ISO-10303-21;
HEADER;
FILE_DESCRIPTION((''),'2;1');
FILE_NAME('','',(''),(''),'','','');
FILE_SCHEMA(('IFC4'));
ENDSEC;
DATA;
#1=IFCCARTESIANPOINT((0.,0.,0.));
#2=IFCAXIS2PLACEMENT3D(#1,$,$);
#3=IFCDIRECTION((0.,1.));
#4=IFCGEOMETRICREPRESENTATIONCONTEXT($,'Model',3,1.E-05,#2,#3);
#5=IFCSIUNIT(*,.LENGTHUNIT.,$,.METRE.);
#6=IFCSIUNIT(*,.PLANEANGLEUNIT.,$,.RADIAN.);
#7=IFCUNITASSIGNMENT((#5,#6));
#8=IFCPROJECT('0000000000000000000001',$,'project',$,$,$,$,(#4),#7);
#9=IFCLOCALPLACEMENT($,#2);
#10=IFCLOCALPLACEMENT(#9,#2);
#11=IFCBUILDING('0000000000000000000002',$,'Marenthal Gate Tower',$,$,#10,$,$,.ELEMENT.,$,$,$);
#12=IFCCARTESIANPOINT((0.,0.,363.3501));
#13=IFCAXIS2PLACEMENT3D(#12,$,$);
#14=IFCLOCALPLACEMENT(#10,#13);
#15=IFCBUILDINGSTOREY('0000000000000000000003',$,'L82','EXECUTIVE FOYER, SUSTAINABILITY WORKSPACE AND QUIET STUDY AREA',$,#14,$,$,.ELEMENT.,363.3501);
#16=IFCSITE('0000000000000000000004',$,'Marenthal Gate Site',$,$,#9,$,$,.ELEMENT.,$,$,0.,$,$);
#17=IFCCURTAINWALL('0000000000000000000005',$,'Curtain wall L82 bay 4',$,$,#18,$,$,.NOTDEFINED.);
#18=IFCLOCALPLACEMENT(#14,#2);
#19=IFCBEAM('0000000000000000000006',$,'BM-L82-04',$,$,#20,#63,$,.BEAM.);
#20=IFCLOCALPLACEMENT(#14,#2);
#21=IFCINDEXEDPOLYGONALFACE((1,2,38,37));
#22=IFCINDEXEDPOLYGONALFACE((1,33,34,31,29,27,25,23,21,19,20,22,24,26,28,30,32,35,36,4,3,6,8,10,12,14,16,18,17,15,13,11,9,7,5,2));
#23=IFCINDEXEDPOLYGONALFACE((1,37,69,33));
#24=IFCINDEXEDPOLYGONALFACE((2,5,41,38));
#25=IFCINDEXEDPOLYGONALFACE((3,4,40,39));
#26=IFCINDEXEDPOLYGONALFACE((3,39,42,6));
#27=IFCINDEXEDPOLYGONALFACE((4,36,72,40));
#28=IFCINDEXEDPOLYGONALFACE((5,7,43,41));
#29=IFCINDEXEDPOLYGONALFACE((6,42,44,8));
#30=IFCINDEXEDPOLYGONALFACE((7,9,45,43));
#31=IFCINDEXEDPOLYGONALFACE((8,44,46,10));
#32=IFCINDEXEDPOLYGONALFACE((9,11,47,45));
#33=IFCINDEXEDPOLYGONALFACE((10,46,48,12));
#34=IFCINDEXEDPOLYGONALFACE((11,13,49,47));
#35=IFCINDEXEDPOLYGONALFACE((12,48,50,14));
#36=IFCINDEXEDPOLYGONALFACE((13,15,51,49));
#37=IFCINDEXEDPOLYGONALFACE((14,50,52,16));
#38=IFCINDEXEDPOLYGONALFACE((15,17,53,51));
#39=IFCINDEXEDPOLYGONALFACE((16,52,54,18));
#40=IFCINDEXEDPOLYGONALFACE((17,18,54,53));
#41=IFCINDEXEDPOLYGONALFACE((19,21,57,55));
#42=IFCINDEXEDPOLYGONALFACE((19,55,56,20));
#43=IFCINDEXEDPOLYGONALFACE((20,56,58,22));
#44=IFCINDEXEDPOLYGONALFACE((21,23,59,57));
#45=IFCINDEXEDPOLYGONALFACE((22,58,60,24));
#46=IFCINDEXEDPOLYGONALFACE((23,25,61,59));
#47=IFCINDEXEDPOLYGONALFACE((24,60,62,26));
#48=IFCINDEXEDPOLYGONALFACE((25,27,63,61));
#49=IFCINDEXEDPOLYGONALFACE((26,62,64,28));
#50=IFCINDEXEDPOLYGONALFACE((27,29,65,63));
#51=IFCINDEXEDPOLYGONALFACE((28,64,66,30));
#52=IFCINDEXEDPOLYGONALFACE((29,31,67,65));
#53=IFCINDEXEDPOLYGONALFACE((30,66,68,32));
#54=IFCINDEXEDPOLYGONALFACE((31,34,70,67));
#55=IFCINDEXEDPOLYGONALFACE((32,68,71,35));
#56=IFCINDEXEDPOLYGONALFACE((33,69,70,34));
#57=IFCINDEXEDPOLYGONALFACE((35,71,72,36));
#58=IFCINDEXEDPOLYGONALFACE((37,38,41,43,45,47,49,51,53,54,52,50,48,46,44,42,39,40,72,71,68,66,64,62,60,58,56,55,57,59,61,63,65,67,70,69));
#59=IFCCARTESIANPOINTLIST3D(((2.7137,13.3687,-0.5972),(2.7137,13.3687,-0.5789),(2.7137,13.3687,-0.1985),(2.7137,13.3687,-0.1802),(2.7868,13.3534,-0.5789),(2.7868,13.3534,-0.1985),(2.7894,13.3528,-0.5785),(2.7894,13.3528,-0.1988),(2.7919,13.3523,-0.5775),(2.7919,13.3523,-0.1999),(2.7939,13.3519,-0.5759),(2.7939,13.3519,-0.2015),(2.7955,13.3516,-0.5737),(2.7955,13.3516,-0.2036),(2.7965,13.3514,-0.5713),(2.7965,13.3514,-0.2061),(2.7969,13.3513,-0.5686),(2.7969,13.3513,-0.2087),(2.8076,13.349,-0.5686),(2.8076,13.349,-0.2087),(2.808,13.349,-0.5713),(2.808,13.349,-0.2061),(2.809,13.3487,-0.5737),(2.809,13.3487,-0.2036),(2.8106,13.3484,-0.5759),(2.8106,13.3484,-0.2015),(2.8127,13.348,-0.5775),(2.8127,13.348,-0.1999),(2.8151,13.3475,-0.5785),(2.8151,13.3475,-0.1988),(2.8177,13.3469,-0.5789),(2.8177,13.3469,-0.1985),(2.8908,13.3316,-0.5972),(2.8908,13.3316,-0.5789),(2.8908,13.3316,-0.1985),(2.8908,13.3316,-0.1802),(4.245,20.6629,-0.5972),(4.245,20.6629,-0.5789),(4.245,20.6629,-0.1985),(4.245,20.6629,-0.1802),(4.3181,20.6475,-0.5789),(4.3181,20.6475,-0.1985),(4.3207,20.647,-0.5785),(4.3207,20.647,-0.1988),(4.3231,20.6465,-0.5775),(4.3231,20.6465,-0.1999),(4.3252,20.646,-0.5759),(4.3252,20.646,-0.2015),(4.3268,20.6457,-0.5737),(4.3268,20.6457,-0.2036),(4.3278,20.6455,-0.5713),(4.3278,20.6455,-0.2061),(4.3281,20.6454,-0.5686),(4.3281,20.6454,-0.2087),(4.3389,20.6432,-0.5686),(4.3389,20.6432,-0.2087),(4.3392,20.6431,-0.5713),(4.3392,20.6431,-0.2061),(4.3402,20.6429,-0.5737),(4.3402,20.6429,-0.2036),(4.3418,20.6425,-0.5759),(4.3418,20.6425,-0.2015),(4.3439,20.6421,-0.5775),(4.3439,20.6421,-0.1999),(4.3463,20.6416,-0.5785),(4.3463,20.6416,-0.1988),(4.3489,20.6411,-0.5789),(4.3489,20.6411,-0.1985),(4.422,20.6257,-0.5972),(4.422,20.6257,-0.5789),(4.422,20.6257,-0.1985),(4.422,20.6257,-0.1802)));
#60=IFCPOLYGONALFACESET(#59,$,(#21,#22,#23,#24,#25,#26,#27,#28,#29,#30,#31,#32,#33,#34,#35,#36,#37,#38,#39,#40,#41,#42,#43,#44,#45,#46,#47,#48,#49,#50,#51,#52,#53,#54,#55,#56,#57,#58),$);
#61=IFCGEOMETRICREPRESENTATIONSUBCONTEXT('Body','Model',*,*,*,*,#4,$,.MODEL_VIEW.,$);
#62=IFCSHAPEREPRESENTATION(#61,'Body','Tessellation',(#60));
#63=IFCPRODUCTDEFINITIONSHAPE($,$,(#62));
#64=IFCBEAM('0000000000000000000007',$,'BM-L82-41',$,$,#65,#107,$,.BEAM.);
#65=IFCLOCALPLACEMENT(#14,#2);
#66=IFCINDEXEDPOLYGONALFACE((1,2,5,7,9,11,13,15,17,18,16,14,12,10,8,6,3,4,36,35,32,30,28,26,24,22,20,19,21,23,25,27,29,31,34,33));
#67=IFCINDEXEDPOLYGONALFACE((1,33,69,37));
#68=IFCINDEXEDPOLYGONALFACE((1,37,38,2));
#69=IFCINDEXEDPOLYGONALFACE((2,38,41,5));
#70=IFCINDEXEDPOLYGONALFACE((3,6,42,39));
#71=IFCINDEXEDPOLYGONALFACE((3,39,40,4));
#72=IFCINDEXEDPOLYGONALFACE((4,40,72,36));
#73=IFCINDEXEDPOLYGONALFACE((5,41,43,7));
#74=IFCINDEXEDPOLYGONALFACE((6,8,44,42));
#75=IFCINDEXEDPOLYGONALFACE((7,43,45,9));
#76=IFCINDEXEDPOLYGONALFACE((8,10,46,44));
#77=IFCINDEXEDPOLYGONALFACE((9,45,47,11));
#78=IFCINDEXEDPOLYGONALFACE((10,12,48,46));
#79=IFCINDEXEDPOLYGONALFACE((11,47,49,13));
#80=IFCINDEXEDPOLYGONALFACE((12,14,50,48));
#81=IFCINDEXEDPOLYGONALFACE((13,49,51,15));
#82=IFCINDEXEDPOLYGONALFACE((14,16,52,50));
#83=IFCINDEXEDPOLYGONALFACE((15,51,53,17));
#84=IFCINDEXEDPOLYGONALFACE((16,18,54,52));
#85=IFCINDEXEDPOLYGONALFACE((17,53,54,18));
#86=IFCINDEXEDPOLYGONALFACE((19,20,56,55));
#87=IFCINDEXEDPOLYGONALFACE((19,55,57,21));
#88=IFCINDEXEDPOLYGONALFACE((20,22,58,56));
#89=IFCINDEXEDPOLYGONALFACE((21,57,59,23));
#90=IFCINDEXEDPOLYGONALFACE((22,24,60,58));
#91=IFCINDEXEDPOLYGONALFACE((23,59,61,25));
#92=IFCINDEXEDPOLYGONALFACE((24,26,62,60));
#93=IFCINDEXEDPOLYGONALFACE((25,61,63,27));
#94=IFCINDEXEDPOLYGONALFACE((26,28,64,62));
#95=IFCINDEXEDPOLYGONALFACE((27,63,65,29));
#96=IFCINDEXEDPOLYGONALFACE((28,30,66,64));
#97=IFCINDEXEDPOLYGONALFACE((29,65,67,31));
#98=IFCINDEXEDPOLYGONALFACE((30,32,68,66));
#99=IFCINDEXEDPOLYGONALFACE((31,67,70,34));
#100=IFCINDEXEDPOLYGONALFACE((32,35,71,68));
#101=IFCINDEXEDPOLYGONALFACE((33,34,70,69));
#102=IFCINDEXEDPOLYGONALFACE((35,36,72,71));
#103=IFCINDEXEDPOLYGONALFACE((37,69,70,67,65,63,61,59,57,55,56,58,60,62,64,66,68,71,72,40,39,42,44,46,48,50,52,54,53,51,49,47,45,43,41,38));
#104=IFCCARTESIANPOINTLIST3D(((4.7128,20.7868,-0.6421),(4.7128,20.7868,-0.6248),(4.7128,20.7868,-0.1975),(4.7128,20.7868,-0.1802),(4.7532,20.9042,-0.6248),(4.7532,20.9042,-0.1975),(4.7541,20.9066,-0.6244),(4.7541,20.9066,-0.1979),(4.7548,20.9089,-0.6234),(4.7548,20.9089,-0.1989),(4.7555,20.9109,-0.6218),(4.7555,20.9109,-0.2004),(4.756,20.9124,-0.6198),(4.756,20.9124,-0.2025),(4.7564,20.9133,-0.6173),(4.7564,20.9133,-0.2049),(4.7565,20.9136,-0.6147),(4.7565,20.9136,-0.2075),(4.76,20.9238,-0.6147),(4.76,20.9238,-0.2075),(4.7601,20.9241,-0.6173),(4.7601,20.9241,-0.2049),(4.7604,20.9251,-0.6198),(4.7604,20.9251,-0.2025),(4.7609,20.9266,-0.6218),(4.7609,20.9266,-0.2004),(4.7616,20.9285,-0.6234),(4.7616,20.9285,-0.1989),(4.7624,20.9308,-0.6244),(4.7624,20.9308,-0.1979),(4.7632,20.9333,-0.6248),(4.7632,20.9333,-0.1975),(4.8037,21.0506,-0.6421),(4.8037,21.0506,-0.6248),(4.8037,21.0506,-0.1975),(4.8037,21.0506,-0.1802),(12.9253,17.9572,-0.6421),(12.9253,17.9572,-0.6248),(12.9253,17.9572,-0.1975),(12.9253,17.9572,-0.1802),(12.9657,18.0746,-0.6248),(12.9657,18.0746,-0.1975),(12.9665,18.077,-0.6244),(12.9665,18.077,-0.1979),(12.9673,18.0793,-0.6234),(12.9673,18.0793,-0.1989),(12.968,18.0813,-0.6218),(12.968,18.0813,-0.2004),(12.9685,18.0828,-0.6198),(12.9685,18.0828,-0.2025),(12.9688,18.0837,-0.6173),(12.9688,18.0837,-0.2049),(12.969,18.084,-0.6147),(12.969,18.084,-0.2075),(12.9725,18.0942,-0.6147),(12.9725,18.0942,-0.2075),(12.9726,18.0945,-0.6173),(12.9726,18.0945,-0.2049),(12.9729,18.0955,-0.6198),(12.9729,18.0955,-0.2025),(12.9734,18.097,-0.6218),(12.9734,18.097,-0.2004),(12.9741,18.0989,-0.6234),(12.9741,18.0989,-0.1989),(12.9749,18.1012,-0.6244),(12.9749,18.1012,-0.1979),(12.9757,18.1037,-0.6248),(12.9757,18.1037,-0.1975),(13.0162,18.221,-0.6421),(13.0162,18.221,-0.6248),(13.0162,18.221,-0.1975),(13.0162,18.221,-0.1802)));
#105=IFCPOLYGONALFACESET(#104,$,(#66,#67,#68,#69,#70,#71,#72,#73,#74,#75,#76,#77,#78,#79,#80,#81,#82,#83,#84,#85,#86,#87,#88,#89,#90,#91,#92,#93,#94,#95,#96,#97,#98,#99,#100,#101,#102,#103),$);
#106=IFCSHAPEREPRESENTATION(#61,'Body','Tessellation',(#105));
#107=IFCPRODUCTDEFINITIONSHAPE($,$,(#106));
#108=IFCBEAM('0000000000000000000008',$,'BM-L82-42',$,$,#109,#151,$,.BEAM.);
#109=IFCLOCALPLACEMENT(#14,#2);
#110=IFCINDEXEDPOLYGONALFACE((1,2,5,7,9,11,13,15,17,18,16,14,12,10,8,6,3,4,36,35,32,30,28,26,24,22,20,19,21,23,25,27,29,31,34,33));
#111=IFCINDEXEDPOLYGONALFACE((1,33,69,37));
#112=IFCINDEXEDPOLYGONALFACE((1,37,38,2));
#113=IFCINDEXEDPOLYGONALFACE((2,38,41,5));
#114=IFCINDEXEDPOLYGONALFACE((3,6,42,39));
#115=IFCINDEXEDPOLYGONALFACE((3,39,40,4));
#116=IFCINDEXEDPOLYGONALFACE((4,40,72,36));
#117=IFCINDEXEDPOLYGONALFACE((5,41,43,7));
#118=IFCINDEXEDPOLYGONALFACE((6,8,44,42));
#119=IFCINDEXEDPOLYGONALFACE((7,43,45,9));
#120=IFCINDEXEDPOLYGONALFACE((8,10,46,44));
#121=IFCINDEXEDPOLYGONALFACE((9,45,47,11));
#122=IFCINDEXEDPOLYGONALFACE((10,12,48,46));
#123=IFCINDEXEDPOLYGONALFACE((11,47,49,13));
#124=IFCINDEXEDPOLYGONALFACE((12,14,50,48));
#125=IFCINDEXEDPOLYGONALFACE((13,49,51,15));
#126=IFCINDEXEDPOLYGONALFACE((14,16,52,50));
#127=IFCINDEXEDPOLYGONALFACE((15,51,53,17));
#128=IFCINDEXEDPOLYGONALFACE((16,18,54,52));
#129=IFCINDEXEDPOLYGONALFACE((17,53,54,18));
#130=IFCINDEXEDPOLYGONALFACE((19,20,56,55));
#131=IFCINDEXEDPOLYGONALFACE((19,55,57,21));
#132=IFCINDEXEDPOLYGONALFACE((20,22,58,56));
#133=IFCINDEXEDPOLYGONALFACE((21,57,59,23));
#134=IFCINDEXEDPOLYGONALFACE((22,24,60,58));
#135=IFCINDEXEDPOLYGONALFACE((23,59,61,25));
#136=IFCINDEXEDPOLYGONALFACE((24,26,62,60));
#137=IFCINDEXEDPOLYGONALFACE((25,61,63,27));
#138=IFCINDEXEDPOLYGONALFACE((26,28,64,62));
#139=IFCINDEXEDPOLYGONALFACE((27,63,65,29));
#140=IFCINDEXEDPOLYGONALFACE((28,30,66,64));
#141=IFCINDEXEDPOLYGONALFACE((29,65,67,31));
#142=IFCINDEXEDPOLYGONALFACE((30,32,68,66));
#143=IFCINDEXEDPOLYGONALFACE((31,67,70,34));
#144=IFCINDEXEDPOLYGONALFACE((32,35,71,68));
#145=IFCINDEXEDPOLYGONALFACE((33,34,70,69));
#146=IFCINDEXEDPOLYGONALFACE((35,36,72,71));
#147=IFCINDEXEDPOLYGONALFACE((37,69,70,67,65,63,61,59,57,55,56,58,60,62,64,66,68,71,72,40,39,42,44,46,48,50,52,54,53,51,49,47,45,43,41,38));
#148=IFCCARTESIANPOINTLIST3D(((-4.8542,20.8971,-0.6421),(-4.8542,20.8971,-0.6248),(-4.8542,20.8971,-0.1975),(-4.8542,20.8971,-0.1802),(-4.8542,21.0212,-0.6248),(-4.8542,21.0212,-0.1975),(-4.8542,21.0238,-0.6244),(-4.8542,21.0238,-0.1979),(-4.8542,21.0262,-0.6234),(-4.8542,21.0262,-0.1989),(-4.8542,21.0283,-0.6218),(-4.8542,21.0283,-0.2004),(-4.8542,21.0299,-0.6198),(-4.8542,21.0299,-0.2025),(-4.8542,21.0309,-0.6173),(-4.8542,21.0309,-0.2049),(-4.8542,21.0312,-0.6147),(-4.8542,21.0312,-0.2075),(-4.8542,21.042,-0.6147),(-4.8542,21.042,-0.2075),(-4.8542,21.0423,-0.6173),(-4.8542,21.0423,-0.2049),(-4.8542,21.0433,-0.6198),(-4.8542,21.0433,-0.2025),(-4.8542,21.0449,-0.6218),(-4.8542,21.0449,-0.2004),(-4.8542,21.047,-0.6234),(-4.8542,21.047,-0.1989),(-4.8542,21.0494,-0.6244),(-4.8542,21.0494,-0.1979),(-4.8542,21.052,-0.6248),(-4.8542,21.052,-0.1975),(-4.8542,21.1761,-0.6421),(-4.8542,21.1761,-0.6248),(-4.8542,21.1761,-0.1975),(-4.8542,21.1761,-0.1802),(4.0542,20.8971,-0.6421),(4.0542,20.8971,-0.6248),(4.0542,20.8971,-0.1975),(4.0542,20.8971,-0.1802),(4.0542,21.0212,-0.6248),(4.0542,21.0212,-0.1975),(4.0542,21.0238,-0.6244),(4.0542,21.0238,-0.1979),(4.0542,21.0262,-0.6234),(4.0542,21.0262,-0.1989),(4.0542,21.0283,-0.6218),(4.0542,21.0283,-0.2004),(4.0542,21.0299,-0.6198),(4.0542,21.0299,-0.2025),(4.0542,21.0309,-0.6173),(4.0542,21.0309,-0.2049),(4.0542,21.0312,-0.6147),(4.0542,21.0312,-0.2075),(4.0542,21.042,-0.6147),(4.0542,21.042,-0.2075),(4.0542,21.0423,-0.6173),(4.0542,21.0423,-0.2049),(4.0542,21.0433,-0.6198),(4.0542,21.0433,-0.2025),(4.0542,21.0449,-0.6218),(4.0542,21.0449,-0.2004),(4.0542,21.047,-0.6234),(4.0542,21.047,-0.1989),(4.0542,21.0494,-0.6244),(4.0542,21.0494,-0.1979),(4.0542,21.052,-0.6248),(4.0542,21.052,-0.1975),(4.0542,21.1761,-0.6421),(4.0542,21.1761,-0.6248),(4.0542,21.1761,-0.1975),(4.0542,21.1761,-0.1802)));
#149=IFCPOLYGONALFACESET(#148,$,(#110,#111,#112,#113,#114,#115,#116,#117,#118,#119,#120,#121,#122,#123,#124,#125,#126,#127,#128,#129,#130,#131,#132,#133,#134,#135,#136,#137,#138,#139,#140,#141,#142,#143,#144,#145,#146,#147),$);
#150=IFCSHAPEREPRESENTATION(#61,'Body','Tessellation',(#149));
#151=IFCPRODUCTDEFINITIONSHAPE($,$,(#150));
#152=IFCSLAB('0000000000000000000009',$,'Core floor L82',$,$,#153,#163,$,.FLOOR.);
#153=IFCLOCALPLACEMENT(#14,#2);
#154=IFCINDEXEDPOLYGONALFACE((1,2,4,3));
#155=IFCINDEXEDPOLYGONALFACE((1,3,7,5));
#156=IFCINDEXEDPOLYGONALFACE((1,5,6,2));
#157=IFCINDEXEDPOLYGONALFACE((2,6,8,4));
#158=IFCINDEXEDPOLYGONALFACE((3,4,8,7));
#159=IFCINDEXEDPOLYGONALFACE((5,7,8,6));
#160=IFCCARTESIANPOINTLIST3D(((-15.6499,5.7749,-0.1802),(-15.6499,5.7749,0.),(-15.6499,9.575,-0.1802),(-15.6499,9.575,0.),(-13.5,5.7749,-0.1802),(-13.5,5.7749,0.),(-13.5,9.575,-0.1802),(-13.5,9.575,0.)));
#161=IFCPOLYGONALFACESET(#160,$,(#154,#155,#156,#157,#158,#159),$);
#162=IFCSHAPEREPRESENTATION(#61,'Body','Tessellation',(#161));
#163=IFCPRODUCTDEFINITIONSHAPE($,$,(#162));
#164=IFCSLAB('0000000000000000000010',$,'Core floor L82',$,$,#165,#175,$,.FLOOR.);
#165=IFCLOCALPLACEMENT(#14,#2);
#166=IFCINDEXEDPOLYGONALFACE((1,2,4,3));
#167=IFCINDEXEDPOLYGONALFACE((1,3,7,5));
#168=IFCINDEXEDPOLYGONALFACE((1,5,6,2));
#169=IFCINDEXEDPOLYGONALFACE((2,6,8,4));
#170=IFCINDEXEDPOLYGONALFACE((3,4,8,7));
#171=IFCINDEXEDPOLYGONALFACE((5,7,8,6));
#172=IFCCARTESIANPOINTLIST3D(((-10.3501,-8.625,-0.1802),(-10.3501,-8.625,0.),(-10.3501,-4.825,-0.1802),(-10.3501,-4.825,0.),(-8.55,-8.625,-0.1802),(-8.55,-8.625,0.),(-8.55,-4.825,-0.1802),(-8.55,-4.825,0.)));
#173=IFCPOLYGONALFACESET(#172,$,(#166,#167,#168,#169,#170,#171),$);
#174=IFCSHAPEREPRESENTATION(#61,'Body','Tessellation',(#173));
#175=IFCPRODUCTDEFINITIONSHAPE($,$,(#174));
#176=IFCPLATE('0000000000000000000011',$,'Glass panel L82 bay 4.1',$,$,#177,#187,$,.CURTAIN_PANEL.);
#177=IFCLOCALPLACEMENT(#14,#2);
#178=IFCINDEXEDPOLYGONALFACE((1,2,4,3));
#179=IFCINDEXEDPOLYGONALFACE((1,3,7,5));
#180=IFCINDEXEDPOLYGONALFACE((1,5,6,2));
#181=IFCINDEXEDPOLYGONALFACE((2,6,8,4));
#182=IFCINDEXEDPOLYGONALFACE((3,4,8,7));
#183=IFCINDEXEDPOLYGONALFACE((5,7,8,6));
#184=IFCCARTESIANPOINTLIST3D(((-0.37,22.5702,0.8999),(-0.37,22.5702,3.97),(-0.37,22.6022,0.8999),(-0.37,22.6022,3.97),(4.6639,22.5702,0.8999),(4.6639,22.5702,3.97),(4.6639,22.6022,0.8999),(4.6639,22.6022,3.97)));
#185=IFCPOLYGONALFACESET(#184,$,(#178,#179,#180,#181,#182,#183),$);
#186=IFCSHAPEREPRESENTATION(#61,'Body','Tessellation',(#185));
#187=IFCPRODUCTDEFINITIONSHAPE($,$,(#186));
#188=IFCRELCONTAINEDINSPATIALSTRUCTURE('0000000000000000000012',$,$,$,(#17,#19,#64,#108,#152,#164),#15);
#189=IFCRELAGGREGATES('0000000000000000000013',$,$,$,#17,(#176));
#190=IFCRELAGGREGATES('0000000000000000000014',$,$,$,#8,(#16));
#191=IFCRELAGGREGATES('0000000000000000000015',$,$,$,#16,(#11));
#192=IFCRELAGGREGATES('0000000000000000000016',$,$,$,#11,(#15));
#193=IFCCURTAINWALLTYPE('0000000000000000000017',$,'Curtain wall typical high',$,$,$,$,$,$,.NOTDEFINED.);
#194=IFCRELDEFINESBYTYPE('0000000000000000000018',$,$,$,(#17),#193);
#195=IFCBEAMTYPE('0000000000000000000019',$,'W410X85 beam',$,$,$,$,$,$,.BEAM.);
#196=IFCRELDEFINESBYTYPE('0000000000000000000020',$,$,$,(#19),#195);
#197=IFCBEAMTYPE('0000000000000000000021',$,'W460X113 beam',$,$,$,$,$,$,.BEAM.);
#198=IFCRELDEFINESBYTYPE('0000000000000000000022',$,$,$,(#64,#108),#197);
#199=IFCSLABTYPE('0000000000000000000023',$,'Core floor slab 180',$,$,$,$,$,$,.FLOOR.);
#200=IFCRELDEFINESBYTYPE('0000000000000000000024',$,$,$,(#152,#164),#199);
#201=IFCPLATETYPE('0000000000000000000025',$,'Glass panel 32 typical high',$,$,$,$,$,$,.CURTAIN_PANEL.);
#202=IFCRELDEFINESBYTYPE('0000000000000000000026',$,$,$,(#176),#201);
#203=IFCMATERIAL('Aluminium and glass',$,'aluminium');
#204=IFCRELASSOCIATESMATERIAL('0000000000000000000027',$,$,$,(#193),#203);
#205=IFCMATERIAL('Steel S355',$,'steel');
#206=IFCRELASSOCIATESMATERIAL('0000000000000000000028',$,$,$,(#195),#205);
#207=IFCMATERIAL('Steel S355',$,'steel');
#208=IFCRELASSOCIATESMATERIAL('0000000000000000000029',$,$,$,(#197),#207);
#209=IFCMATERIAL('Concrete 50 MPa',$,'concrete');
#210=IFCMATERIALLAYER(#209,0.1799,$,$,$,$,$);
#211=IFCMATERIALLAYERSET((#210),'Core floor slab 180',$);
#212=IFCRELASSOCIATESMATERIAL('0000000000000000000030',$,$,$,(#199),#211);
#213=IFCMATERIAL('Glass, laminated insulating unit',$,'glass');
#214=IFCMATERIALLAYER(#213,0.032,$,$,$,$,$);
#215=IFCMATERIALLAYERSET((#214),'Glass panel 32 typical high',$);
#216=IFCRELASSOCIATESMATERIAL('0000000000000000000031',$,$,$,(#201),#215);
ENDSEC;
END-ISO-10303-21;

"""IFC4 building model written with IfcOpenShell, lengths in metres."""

from ifc_helpers import new_model, si_unit, direction, frame, origin, origin_2d, place, context, subcontext, project, spatial, polyline, rectangle, i_section, outline, extrude, material, layer, layer_set, material_profile, profile_set, type_object, element, aggregate, save


model = new_model("IFC4")

# Units and contexts
model_context = context("Model", 3, precision=1e-05, world=origin(), true_north=direction((0.0, 1.0)))
body_context = subcontext(model_context, "Body", "Model", "MODEL_VIEW")
ifc_project = project(units=[si_unit("LENGTHUNIT", "METRE"), si_unit("PLANEANGLEUNIT", "RADIAN")], contexts=[model_context])

# Site, building, storey
site_placement = place(None, origin())
site = spatial("IfcSite", under=ifc_project, at=site_placement, Name="Marenthal Gate Site", CompositionType="ELEMENT", RefElevation=0.0)
building_placement = place(site_placement, origin())
building = spatial("IfcBuilding", under=site, at=building_placement, Name="Marenthal Gate Tower", CompositionType="ELEMENT")
storey_placement = place(building_placement, frame((0.0, 0.0, 363.3501)))
storey = spatial("IfcBuildingStorey", under=building, at=storey_placement, Name="L82", Description="EXECUTIVE FOYER, SUSTAINABILITY WORKSPACE AND QUIET STUDY AREA", CompositionType="ELEMENT", Elevation=363.3501)

# Curtain wall
ifc_material_1 = material(Name="Aluminium and glass", Category="aluminium")
curtain_wall_type = type_object("IfcCurtainWallType", Name="Curtain wall typical high", PredefinedType="NOTDEFINED", material=ifc_material_1)
curtain_wall_placement = place(storey_placement, origin())
curtain_wall = element("IfcCurtainWall", 1, at=curtain_wall_placement, inside=storey, type_object=curtain_wall_type, Name="Curtain wall L82 bay 4", PredefinedType="NOTDEFINED")

# Beams
ifc_material_2 = material(Name="Steel S355", Category="steel")
ifc_material_profile_1 = material_profile(ifc_material_2, i_section(OverallWidth=0.1809, OverallDepth=0.417, WebThickness=0.011, FlangeThickness=0.0183, FilletRadius=0.0103, at=origin_2d()), Name="W410X85")
ifc_profile_set_1 = profile_set([ifc_material_profile_1], Name="Steel S355")
beam_type_1 = type_object("IfcBeamType", Name="W410X85 beam", PredefinedType="BEAM", material=ifc_profile_set_1)
beam_1_placement = place(storey_placement, frame((4.3335, 20.6443, -0.3887), z_axis=(-0.205449, -0.978668, 0.0), x_axis=(0.978668, -0.205449, 0.0)))
element("IfcBeam", 2, at=beam_1_placement, inside=storey, type_object=beam_type_1, Name="BM-L82-04", PredefinedType="BEAM", context=body_context, shape_type="SweptSolid", body=[
    extrude(i_section(OverallWidth=0.1809, OverallDepth=0.417, WebThickness=0.011, FlangeThickness=0.0183, FilletRadius=0.0103, at=origin_2d()), origin(), (0.0, 0.0, 1.0), 7.4531),
])
ifc_material_3 = material(Name="Steel S355", Category="steel")
ifc_material_profile_2 = material_profile(ifc_material_3, i_section(OverallWidth=0.2791, OverallDepth=0.4619, WebThickness=0.0107, FlangeThickness=0.0173, FilletRadius=0.01, at=origin_2d()), Name="W460X113")
ifc_profile_set_2 = profile_set([ifc_material_profile_2], Name="Steel S355")
beam_type_2 = type_object("IfcBeamType", Name="W460X113 beam", PredefinedType="BEAM", material=ifc_profile_set_2)
beam_2_placement = place(storey_placement, frame((12.9707, 18.0891, -0.4111), z_axis=(-0.945454, 0.325757, 0.0), x_axis=(-0.325757, -0.945454, 0.0)))
element("IfcBeam", 3, at=beam_2_placement, inside=storey, type_object=beam_type_2, Name="BM-L82-41", PredefinedType="BEAM", context=body_context, shape_type="SweptSolid", body=[
    extrude(i_section(OverallWidth=0.2791, OverallDepth=0.4619, WebThickness=0.0107, FlangeThickness=0.0173, FilletRadius=0.01, at=origin_2d()), origin(), (0.0, 0.0, 1.0), 8.6863),
])
beam_3_placement = place(storey_placement, frame((4.0542, 21.0366, -0.4111), z_axis=(-1.0, 0.0, 0.0), x_axis=(0.0, -1.0, 0.0)))
element("IfcBeam", 4, at=beam_3_placement, inside=storey, type_object=beam_type_2, Name="BM-L82-42", PredefinedType="BEAM", context=body_context, shape_type="SweptSolid", body=[
    extrude(i_section(OverallWidth=0.2791, OverallDepth=0.4619, WebThickness=0.0107, FlangeThickness=0.0173, FilletRadius=0.01, at=origin_2d()), origin(), (0.0, 0.0, 1.0), 8.9084),
])

# Slabs
ifc_material_4 = material(Name="Concrete 50 MPa", Category="concrete")
ifc_layer_1 = layer(ifc_material_4, 0.1799)
ifc_layer_set_1 = layer_set([ifc_layer_1], Name="Core floor slab 180")
slab_type_1 = type_object("IfcSlabType", Name="Core floor slab 180", PredefinedType="FLOOR", material=ifc_layer_set_1)
slab_1_placement = place(storey_placement, frame((0.0, 0.0, -0.1802)))
element("IfcSlab", 5, at=slab_1_placement, inside=storey, type_object=slab_type_1, Name="Core floor L82", PredefinedType="FLOOR", context=body_context, shape_type="SweptSolid", body=[
    extrude(outline(polyline([(-15.6499, 9.575), (-13.5, 9.575), (-13.5, 5.7749), (-15.6499, 5.7749), (-15.6499, 9.575)])), origin(), (0.0, 0.0, 1.0), 0.1802),
])
slab_2_placement = place(storey_placement, frame((0.0, 0.0, -0.1802)))
element("IfcSlab", 6, at=slab_2_placement, inside=storey, type_object=slab_type_1, Name="Core floor L82", PredefinedType="FLOOR", context=body_context, shape_type="SweptSolid", body=[
    extrude(outline(polyline([(-8.55, -4.825), (-8.55, -8.625), (-10.3501, -8.625), (-10.3501, -4.825), (-8.55, -4.825)])), origin(), (0.0, 0.0, 1.0), 0.1802),
])

# Plate
ifc_material_5 = material(Name="Glass, laminated insulating unit", Category="glass")
ifc_layer_2 = layer(ifc_material_5, 0.032)
ifc_layer_set_2 = layer_set([ifc_layer_2], Name="Glass panel 32 typical high")
plate_type = type_object("IfcPlateType", Name="Glass panel 32 typical high", PredefinedType="CURTAIN_PANEL", material=ifc_layer_set_2)
plate_placement = place(storey_placement, frame((2.147, 22.5862, 0.8999), z_axis=(0.0, 0.0, 1.0), x_axis=(-1.0, 0.0, 0.0)))
plate = element("IfcPlate", 7, at=plate_placement, type_object=plate_type, Name="Glass panel L82 bay 4.1", PredefinedType="CURTAIN_PANEL", context=body_context, shape_type="SweptSolid", body=[
    extrude(rectangle(XDim=5.0339, YDim=0.032, at=origin_2d()), origin(), (0.0, 0.0, 1.0), 3.0701),
])
aggregate(curtain_wall, [plate])

save(model, "model.ifc")
